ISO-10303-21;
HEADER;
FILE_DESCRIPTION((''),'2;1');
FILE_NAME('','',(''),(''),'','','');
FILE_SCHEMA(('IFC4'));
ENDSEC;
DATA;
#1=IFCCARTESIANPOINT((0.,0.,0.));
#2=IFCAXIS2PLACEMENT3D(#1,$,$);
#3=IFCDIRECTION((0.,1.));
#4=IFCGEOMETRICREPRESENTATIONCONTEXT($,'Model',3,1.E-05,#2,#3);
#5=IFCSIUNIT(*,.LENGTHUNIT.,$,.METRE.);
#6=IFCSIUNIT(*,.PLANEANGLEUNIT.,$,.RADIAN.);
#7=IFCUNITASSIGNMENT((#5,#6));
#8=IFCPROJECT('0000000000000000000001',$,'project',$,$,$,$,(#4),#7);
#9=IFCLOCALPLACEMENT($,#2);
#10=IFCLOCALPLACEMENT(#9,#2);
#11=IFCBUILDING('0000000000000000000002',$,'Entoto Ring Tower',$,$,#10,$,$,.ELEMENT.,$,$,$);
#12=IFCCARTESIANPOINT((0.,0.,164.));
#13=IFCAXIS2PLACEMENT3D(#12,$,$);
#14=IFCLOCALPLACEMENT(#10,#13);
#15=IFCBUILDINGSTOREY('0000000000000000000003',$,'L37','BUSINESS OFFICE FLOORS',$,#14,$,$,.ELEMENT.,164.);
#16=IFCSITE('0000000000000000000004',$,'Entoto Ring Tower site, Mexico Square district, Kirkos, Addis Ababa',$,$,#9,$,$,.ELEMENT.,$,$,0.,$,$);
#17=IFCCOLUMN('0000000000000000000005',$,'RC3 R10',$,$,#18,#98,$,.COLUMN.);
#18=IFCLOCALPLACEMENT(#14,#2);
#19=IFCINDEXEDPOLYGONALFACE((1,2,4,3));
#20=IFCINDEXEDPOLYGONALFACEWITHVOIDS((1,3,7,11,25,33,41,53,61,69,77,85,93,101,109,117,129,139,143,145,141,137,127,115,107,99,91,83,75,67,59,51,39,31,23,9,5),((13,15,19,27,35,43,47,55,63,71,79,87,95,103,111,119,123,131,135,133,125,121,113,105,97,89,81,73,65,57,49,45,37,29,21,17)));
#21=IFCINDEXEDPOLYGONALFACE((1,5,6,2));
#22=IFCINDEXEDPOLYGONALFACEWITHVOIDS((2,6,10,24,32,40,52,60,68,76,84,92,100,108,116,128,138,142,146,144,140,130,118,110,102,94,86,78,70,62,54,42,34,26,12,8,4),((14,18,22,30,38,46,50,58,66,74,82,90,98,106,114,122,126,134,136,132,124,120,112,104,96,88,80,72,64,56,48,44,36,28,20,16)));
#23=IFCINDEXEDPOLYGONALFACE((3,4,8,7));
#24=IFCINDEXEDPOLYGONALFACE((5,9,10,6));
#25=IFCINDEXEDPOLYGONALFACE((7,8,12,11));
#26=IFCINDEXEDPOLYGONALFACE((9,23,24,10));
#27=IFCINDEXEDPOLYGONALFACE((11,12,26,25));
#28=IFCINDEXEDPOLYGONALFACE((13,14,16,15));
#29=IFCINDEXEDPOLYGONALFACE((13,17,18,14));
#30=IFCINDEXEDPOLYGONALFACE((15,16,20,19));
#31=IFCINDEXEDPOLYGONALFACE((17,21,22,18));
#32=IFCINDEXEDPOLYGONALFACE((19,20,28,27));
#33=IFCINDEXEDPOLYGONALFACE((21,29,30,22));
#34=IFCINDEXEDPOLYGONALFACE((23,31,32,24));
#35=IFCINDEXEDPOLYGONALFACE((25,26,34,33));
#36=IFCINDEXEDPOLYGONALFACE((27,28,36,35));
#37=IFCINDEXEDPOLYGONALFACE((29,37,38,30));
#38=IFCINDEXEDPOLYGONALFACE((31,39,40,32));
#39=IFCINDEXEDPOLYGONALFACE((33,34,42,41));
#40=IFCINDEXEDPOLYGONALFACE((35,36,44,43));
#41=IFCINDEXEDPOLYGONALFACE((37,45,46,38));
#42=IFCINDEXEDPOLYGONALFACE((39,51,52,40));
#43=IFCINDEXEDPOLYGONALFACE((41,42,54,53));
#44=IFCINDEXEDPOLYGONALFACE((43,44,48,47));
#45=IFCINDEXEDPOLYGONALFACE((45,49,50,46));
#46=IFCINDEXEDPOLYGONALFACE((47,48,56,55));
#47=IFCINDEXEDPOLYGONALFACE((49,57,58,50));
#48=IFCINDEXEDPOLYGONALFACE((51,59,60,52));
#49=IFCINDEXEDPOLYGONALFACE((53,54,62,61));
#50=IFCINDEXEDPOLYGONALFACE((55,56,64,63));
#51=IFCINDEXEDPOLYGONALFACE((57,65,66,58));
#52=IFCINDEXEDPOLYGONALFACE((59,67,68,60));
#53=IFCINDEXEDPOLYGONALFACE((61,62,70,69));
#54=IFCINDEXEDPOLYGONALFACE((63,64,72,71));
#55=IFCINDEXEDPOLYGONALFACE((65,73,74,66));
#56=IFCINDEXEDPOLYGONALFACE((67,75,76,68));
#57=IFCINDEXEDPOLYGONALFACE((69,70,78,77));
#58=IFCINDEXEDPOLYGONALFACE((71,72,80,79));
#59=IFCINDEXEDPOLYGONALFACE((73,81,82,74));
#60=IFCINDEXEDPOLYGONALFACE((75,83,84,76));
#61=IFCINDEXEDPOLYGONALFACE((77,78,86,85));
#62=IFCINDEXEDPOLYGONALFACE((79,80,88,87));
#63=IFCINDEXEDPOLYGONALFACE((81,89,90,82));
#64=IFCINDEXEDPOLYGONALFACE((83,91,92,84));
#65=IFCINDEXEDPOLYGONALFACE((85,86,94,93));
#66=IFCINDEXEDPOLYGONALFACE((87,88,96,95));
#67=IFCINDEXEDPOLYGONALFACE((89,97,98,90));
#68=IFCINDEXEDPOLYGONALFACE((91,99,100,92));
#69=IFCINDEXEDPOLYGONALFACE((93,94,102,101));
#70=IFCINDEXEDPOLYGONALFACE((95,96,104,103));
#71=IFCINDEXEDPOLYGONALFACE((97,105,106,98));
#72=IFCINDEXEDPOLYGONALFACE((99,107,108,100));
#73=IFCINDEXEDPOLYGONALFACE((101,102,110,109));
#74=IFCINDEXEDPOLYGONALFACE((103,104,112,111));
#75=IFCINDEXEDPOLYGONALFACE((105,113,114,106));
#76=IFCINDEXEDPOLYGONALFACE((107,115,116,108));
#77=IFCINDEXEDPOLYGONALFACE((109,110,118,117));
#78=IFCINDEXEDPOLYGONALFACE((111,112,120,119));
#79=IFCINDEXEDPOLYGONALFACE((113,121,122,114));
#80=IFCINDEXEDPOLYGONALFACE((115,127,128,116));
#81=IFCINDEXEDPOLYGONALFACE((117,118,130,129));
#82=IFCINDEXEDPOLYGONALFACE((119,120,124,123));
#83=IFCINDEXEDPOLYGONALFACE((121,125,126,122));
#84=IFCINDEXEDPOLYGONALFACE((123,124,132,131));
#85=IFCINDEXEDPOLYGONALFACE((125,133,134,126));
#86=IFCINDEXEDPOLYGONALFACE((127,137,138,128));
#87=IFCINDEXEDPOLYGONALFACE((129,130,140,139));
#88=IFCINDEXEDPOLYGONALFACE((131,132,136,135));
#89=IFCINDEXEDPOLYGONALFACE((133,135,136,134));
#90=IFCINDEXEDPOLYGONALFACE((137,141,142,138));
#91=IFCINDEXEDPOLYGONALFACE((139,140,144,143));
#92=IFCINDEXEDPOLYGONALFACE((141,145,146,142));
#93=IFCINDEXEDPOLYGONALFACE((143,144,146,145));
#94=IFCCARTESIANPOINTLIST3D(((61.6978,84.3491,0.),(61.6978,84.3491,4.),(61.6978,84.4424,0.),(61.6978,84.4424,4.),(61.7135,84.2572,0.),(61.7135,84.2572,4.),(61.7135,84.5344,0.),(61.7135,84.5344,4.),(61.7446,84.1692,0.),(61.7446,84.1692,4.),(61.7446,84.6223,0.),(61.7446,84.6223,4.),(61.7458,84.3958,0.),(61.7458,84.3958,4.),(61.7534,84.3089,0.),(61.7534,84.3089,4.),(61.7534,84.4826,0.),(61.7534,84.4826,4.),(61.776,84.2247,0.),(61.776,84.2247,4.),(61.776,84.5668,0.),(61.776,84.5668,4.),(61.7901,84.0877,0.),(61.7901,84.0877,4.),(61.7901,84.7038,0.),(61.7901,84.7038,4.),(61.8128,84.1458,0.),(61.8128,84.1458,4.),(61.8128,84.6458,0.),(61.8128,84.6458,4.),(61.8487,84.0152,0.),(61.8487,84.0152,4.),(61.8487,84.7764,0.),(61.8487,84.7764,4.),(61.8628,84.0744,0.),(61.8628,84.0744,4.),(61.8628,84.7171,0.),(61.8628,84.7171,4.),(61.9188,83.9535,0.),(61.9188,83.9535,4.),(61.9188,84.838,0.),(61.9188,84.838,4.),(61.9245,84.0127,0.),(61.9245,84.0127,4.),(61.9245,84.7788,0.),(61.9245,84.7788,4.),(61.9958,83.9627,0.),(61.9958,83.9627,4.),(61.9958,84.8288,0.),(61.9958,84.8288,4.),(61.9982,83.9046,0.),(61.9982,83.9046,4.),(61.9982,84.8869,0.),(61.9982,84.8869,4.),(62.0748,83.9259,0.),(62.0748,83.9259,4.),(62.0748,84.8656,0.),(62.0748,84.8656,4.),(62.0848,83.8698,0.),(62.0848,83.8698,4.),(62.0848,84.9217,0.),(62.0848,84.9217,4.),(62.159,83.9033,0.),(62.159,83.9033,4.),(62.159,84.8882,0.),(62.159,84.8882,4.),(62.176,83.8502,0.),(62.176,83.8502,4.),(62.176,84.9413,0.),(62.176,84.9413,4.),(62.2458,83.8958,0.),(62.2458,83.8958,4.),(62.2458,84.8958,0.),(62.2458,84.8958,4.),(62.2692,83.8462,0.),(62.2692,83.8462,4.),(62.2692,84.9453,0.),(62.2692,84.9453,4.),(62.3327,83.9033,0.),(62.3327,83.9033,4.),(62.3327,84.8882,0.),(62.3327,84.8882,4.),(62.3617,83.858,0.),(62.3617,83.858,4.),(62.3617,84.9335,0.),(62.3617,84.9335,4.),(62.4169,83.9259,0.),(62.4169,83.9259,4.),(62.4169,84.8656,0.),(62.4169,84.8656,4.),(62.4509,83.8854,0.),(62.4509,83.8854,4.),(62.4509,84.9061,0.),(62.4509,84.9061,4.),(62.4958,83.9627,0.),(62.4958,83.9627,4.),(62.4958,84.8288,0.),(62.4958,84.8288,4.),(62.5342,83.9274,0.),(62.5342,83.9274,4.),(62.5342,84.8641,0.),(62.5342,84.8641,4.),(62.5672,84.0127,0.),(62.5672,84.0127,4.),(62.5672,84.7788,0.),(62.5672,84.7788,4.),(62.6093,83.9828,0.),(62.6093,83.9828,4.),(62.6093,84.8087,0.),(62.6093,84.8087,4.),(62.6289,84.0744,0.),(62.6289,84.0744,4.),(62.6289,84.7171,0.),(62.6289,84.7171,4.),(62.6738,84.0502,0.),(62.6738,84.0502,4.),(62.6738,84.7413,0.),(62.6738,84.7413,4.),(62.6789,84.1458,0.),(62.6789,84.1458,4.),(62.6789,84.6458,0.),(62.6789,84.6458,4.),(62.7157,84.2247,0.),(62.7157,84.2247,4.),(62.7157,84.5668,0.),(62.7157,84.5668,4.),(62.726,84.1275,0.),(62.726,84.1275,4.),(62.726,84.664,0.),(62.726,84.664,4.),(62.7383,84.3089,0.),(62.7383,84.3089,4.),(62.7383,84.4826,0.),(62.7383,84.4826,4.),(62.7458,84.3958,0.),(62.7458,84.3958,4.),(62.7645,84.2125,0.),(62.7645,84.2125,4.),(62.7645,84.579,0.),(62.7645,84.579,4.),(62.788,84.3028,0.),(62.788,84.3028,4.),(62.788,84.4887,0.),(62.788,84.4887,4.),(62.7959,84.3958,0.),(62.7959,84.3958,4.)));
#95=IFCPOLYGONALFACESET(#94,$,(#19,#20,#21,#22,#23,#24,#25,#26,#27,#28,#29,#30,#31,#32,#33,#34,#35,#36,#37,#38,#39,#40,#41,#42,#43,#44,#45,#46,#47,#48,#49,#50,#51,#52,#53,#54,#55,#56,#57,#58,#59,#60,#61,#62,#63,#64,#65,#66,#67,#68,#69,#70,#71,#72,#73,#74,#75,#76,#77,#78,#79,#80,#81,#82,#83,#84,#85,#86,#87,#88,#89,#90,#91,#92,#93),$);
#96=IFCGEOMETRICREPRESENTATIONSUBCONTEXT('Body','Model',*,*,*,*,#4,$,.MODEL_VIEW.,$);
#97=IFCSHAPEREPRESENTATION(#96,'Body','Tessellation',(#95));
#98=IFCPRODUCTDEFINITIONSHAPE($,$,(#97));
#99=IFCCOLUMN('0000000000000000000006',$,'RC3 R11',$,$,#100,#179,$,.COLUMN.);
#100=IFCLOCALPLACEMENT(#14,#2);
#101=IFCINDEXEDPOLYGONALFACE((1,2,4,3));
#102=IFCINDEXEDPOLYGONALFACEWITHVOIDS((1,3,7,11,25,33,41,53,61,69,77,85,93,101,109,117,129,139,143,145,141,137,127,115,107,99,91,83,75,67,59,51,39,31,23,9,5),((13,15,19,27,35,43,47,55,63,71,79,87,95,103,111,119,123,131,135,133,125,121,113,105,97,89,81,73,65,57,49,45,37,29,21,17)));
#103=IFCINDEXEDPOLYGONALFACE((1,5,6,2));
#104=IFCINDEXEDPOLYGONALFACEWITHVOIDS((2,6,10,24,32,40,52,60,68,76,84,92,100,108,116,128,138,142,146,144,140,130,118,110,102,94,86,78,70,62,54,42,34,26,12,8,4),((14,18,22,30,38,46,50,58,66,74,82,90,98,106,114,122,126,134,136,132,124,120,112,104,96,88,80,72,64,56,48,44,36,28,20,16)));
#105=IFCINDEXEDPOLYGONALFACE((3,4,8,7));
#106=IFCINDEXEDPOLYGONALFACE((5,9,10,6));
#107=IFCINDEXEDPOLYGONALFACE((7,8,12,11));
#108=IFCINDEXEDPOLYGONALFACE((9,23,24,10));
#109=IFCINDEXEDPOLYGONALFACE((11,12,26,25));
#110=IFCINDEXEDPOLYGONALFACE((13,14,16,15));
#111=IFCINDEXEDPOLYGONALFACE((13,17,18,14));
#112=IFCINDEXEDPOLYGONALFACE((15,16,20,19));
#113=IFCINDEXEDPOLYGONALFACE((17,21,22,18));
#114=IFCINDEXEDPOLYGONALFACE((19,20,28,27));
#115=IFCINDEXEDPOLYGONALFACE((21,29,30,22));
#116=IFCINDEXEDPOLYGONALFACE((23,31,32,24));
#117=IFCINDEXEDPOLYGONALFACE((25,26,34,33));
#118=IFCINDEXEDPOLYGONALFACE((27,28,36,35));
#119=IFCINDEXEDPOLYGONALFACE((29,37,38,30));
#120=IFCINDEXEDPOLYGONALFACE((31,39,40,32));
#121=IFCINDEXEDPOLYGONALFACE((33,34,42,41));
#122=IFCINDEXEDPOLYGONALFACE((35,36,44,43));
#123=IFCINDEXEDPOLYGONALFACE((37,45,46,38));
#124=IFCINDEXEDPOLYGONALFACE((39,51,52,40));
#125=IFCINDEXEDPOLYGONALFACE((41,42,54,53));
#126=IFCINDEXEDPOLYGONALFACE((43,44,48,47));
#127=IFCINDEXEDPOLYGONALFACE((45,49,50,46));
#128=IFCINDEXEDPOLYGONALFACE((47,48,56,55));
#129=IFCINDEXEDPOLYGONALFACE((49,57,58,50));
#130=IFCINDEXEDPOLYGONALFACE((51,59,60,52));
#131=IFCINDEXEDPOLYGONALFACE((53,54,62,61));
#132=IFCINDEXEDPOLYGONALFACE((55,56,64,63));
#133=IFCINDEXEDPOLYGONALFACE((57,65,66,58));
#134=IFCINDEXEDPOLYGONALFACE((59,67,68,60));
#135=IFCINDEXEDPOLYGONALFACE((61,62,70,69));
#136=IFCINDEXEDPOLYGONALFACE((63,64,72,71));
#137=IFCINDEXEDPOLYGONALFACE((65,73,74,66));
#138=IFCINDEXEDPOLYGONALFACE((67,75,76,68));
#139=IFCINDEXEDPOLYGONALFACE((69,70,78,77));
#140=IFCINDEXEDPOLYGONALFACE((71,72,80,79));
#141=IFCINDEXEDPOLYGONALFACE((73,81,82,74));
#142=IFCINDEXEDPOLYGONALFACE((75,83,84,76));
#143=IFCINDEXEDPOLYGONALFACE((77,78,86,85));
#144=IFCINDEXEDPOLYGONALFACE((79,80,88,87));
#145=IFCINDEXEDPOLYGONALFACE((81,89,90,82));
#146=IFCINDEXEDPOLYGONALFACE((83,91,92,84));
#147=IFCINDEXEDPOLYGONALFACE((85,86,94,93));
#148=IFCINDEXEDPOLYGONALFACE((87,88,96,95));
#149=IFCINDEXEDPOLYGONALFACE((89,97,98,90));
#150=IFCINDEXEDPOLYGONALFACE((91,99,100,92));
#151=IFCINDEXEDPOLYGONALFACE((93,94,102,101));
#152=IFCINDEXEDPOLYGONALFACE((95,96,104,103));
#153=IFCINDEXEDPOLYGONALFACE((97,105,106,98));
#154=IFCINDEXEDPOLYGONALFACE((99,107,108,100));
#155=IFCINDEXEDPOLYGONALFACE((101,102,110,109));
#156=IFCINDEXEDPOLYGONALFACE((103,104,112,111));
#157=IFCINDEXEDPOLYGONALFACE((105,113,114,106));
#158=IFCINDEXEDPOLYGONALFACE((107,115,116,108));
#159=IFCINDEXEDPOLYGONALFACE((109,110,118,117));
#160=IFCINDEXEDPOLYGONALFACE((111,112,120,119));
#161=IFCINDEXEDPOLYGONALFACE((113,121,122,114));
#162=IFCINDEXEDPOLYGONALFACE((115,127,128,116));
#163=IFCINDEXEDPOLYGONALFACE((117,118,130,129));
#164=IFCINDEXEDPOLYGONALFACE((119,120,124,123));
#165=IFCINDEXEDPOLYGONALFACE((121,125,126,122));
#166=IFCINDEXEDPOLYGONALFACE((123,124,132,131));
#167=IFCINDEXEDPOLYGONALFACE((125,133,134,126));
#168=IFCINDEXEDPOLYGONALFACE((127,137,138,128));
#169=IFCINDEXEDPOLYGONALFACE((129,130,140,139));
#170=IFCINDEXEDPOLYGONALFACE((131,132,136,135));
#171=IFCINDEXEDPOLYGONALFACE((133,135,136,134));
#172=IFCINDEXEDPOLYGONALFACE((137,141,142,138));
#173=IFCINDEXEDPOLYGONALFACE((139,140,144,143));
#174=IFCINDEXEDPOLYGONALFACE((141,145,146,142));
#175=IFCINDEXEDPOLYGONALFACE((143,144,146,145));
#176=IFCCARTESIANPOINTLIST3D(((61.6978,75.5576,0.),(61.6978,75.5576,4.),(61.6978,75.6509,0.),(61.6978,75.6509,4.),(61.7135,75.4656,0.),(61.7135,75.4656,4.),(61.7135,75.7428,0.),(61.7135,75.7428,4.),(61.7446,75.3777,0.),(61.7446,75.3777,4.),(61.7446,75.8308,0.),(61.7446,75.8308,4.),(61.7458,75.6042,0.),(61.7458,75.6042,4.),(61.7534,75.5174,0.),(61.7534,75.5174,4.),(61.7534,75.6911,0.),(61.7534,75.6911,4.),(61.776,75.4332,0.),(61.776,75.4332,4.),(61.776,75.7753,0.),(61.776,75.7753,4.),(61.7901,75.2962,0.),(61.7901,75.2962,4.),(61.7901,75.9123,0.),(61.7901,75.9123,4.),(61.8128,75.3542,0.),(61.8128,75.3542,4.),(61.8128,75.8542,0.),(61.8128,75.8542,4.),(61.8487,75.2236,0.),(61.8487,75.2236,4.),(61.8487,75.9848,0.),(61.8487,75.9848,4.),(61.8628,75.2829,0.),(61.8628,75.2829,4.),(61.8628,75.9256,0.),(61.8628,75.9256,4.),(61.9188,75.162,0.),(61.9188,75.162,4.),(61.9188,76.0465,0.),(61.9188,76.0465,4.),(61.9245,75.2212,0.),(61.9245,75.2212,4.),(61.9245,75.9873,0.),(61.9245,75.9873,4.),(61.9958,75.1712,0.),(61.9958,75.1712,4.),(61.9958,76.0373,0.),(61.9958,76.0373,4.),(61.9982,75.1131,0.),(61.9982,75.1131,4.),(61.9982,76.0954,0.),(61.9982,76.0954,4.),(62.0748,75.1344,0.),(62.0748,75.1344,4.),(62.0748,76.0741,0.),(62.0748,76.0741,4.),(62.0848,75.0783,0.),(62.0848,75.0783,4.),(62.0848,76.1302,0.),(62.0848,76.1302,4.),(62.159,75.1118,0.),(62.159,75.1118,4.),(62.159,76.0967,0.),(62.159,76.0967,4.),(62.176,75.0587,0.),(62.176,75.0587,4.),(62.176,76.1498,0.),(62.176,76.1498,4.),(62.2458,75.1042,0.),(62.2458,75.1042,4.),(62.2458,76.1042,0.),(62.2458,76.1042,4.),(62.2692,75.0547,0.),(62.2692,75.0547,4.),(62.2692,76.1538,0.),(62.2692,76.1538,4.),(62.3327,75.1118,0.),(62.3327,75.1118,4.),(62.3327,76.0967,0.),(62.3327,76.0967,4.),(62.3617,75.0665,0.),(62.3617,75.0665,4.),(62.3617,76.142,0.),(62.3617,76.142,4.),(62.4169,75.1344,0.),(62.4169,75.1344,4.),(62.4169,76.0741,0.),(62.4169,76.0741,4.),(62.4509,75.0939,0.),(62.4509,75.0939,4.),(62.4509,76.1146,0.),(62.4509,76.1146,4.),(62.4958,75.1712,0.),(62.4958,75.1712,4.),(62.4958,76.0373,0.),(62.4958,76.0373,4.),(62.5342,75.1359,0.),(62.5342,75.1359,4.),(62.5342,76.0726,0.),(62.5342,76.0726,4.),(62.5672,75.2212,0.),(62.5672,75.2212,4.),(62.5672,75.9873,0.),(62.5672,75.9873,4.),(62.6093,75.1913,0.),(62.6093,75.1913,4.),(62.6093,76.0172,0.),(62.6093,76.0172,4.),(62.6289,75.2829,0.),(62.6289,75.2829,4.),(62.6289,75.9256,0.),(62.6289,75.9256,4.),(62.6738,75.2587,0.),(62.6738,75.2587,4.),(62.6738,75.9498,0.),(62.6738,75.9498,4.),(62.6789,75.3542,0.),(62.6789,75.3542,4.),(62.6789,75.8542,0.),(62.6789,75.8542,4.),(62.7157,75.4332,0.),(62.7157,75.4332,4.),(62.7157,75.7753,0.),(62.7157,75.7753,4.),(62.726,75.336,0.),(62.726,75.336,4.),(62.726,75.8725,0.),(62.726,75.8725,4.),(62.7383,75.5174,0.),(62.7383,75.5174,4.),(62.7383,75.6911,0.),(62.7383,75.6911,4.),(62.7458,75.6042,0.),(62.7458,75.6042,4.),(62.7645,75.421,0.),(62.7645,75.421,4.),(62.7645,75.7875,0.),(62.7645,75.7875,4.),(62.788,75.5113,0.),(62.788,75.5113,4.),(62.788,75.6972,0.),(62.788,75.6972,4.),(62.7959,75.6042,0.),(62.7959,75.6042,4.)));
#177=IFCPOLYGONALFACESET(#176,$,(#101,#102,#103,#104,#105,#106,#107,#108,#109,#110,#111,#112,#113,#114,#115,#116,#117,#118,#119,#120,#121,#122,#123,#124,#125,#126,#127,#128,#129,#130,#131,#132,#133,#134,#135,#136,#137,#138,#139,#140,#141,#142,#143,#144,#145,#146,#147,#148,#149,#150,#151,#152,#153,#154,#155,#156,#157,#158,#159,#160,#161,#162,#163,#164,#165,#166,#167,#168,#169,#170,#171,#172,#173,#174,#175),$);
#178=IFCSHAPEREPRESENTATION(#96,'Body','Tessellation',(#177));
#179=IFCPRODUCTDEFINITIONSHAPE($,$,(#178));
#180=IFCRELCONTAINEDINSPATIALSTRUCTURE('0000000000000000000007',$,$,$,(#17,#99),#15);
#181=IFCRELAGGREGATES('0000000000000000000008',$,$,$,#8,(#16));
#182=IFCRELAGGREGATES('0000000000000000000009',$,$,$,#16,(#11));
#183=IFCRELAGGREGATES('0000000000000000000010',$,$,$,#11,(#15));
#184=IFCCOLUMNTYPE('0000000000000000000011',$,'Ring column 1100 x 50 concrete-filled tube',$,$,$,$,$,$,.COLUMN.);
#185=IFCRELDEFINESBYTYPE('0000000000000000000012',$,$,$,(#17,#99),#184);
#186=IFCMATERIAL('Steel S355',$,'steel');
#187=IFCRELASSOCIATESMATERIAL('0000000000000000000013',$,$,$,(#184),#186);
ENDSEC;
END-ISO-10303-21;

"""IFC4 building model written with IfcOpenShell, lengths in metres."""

from ifc_helpers import new_model, si_unit, direction, frame, origin, origin_2d, place, context, subcontext, project, spatial, circle, hollow_circle, extrude, material, material_profile, profile_set, type_object, element, save


model = new_model("IFC4")

# Units and contexts
model_context = context("Model", 3, precision=1e-05, world=origin(), true_north=direction((0.0, 1.0)))
body_context = subcontext(model_context, "Body", "Model", "MODEL_VIEW")
ifc_project = project(units=[si_unit("LENGTHUNIT", "METRE"), si_unit("PLANEANGLEUNIT", "RADIAN")], contexts=[model_context])

# Site, building, storey
site_placement = place(None, origin())
site = spatial("IfcSite", under=ifc_project, at=site_placement, Name="Entoto Ring Tower site, Mexico Square district, Kirkos, Addis Ababa", CompositionType="ELEMENT", RefElevation=0.0)
building_placement = place(site_placement, origin())
building = spatial("IfcBuilding", under=site, at=building_placement, Name="Entoto Ring Tower", CompositionType="ELEMENT")
storey_placement = place(building_placement, frame((0.0, 0.0, 164.0)))
storey = spatial("IfcBuildingStorey", under=building, at=storey_placement, Name="L37", Description="BUSINESS OFFICE FLOORS", CompositionType="ELEMENT", Elevation=164.0)

# Columns
ifc_material_1 = material(Name="Steel S355", Category="steel")
ifc_material_profile_1 = material_profile(ifc_material_1, hollow_circle(Radius=0.55, WallThickness=0.05, at=origin_2d()), Name="CHS 1100 x 50")
ifc_material_2 = material(Name="Concrete C60/75", Category="concrete")
ifc_material_profile_2 = material_profile(ifc_material_2, circle(Radius=0.5, at=origin_2d()), Name="Concrete C60/75 infill")
ifc_profile_set_1 = profile_set([ifc_material_profile_1, ifc_material_profile_2], Name="Steel S355")
column_type = type_object("IfcColumnType", Name="Ring column 1100 x 50 concrete-filled tube", PredefinedType="COLUMN", material=ifc_profile_set_1)
for number, where, z_axis, x_axis, name in (
    (1, (62.2458, 84.3958, 0.0), (0.0, 0.0, 1.0), (1.0, 0.0, 0.0), "RC3 R10"),
    (2, (62.2458, 75.6042, 0.0), (0.0, 0.0, 1.0), (1.0, 0.0, 0.0), "RC3 R11"),
):
    element("IfcColumn", number, at=place(storey_placement, frame(where, z_axis=z_axis, x_axis=x_axis)), inside=storey, type_object=column_type, Name=name, PredefinedType="COLUMN", context=body_context, shape_type="SweptSolid", body=[
        extrude(hollow_circle(Radius=0.55, WallThickness=0.05, at=origin_2d()), origin(), (0.0, 0.0, 1.0), 4.0),
    ])

save(model, "model.ifc")
